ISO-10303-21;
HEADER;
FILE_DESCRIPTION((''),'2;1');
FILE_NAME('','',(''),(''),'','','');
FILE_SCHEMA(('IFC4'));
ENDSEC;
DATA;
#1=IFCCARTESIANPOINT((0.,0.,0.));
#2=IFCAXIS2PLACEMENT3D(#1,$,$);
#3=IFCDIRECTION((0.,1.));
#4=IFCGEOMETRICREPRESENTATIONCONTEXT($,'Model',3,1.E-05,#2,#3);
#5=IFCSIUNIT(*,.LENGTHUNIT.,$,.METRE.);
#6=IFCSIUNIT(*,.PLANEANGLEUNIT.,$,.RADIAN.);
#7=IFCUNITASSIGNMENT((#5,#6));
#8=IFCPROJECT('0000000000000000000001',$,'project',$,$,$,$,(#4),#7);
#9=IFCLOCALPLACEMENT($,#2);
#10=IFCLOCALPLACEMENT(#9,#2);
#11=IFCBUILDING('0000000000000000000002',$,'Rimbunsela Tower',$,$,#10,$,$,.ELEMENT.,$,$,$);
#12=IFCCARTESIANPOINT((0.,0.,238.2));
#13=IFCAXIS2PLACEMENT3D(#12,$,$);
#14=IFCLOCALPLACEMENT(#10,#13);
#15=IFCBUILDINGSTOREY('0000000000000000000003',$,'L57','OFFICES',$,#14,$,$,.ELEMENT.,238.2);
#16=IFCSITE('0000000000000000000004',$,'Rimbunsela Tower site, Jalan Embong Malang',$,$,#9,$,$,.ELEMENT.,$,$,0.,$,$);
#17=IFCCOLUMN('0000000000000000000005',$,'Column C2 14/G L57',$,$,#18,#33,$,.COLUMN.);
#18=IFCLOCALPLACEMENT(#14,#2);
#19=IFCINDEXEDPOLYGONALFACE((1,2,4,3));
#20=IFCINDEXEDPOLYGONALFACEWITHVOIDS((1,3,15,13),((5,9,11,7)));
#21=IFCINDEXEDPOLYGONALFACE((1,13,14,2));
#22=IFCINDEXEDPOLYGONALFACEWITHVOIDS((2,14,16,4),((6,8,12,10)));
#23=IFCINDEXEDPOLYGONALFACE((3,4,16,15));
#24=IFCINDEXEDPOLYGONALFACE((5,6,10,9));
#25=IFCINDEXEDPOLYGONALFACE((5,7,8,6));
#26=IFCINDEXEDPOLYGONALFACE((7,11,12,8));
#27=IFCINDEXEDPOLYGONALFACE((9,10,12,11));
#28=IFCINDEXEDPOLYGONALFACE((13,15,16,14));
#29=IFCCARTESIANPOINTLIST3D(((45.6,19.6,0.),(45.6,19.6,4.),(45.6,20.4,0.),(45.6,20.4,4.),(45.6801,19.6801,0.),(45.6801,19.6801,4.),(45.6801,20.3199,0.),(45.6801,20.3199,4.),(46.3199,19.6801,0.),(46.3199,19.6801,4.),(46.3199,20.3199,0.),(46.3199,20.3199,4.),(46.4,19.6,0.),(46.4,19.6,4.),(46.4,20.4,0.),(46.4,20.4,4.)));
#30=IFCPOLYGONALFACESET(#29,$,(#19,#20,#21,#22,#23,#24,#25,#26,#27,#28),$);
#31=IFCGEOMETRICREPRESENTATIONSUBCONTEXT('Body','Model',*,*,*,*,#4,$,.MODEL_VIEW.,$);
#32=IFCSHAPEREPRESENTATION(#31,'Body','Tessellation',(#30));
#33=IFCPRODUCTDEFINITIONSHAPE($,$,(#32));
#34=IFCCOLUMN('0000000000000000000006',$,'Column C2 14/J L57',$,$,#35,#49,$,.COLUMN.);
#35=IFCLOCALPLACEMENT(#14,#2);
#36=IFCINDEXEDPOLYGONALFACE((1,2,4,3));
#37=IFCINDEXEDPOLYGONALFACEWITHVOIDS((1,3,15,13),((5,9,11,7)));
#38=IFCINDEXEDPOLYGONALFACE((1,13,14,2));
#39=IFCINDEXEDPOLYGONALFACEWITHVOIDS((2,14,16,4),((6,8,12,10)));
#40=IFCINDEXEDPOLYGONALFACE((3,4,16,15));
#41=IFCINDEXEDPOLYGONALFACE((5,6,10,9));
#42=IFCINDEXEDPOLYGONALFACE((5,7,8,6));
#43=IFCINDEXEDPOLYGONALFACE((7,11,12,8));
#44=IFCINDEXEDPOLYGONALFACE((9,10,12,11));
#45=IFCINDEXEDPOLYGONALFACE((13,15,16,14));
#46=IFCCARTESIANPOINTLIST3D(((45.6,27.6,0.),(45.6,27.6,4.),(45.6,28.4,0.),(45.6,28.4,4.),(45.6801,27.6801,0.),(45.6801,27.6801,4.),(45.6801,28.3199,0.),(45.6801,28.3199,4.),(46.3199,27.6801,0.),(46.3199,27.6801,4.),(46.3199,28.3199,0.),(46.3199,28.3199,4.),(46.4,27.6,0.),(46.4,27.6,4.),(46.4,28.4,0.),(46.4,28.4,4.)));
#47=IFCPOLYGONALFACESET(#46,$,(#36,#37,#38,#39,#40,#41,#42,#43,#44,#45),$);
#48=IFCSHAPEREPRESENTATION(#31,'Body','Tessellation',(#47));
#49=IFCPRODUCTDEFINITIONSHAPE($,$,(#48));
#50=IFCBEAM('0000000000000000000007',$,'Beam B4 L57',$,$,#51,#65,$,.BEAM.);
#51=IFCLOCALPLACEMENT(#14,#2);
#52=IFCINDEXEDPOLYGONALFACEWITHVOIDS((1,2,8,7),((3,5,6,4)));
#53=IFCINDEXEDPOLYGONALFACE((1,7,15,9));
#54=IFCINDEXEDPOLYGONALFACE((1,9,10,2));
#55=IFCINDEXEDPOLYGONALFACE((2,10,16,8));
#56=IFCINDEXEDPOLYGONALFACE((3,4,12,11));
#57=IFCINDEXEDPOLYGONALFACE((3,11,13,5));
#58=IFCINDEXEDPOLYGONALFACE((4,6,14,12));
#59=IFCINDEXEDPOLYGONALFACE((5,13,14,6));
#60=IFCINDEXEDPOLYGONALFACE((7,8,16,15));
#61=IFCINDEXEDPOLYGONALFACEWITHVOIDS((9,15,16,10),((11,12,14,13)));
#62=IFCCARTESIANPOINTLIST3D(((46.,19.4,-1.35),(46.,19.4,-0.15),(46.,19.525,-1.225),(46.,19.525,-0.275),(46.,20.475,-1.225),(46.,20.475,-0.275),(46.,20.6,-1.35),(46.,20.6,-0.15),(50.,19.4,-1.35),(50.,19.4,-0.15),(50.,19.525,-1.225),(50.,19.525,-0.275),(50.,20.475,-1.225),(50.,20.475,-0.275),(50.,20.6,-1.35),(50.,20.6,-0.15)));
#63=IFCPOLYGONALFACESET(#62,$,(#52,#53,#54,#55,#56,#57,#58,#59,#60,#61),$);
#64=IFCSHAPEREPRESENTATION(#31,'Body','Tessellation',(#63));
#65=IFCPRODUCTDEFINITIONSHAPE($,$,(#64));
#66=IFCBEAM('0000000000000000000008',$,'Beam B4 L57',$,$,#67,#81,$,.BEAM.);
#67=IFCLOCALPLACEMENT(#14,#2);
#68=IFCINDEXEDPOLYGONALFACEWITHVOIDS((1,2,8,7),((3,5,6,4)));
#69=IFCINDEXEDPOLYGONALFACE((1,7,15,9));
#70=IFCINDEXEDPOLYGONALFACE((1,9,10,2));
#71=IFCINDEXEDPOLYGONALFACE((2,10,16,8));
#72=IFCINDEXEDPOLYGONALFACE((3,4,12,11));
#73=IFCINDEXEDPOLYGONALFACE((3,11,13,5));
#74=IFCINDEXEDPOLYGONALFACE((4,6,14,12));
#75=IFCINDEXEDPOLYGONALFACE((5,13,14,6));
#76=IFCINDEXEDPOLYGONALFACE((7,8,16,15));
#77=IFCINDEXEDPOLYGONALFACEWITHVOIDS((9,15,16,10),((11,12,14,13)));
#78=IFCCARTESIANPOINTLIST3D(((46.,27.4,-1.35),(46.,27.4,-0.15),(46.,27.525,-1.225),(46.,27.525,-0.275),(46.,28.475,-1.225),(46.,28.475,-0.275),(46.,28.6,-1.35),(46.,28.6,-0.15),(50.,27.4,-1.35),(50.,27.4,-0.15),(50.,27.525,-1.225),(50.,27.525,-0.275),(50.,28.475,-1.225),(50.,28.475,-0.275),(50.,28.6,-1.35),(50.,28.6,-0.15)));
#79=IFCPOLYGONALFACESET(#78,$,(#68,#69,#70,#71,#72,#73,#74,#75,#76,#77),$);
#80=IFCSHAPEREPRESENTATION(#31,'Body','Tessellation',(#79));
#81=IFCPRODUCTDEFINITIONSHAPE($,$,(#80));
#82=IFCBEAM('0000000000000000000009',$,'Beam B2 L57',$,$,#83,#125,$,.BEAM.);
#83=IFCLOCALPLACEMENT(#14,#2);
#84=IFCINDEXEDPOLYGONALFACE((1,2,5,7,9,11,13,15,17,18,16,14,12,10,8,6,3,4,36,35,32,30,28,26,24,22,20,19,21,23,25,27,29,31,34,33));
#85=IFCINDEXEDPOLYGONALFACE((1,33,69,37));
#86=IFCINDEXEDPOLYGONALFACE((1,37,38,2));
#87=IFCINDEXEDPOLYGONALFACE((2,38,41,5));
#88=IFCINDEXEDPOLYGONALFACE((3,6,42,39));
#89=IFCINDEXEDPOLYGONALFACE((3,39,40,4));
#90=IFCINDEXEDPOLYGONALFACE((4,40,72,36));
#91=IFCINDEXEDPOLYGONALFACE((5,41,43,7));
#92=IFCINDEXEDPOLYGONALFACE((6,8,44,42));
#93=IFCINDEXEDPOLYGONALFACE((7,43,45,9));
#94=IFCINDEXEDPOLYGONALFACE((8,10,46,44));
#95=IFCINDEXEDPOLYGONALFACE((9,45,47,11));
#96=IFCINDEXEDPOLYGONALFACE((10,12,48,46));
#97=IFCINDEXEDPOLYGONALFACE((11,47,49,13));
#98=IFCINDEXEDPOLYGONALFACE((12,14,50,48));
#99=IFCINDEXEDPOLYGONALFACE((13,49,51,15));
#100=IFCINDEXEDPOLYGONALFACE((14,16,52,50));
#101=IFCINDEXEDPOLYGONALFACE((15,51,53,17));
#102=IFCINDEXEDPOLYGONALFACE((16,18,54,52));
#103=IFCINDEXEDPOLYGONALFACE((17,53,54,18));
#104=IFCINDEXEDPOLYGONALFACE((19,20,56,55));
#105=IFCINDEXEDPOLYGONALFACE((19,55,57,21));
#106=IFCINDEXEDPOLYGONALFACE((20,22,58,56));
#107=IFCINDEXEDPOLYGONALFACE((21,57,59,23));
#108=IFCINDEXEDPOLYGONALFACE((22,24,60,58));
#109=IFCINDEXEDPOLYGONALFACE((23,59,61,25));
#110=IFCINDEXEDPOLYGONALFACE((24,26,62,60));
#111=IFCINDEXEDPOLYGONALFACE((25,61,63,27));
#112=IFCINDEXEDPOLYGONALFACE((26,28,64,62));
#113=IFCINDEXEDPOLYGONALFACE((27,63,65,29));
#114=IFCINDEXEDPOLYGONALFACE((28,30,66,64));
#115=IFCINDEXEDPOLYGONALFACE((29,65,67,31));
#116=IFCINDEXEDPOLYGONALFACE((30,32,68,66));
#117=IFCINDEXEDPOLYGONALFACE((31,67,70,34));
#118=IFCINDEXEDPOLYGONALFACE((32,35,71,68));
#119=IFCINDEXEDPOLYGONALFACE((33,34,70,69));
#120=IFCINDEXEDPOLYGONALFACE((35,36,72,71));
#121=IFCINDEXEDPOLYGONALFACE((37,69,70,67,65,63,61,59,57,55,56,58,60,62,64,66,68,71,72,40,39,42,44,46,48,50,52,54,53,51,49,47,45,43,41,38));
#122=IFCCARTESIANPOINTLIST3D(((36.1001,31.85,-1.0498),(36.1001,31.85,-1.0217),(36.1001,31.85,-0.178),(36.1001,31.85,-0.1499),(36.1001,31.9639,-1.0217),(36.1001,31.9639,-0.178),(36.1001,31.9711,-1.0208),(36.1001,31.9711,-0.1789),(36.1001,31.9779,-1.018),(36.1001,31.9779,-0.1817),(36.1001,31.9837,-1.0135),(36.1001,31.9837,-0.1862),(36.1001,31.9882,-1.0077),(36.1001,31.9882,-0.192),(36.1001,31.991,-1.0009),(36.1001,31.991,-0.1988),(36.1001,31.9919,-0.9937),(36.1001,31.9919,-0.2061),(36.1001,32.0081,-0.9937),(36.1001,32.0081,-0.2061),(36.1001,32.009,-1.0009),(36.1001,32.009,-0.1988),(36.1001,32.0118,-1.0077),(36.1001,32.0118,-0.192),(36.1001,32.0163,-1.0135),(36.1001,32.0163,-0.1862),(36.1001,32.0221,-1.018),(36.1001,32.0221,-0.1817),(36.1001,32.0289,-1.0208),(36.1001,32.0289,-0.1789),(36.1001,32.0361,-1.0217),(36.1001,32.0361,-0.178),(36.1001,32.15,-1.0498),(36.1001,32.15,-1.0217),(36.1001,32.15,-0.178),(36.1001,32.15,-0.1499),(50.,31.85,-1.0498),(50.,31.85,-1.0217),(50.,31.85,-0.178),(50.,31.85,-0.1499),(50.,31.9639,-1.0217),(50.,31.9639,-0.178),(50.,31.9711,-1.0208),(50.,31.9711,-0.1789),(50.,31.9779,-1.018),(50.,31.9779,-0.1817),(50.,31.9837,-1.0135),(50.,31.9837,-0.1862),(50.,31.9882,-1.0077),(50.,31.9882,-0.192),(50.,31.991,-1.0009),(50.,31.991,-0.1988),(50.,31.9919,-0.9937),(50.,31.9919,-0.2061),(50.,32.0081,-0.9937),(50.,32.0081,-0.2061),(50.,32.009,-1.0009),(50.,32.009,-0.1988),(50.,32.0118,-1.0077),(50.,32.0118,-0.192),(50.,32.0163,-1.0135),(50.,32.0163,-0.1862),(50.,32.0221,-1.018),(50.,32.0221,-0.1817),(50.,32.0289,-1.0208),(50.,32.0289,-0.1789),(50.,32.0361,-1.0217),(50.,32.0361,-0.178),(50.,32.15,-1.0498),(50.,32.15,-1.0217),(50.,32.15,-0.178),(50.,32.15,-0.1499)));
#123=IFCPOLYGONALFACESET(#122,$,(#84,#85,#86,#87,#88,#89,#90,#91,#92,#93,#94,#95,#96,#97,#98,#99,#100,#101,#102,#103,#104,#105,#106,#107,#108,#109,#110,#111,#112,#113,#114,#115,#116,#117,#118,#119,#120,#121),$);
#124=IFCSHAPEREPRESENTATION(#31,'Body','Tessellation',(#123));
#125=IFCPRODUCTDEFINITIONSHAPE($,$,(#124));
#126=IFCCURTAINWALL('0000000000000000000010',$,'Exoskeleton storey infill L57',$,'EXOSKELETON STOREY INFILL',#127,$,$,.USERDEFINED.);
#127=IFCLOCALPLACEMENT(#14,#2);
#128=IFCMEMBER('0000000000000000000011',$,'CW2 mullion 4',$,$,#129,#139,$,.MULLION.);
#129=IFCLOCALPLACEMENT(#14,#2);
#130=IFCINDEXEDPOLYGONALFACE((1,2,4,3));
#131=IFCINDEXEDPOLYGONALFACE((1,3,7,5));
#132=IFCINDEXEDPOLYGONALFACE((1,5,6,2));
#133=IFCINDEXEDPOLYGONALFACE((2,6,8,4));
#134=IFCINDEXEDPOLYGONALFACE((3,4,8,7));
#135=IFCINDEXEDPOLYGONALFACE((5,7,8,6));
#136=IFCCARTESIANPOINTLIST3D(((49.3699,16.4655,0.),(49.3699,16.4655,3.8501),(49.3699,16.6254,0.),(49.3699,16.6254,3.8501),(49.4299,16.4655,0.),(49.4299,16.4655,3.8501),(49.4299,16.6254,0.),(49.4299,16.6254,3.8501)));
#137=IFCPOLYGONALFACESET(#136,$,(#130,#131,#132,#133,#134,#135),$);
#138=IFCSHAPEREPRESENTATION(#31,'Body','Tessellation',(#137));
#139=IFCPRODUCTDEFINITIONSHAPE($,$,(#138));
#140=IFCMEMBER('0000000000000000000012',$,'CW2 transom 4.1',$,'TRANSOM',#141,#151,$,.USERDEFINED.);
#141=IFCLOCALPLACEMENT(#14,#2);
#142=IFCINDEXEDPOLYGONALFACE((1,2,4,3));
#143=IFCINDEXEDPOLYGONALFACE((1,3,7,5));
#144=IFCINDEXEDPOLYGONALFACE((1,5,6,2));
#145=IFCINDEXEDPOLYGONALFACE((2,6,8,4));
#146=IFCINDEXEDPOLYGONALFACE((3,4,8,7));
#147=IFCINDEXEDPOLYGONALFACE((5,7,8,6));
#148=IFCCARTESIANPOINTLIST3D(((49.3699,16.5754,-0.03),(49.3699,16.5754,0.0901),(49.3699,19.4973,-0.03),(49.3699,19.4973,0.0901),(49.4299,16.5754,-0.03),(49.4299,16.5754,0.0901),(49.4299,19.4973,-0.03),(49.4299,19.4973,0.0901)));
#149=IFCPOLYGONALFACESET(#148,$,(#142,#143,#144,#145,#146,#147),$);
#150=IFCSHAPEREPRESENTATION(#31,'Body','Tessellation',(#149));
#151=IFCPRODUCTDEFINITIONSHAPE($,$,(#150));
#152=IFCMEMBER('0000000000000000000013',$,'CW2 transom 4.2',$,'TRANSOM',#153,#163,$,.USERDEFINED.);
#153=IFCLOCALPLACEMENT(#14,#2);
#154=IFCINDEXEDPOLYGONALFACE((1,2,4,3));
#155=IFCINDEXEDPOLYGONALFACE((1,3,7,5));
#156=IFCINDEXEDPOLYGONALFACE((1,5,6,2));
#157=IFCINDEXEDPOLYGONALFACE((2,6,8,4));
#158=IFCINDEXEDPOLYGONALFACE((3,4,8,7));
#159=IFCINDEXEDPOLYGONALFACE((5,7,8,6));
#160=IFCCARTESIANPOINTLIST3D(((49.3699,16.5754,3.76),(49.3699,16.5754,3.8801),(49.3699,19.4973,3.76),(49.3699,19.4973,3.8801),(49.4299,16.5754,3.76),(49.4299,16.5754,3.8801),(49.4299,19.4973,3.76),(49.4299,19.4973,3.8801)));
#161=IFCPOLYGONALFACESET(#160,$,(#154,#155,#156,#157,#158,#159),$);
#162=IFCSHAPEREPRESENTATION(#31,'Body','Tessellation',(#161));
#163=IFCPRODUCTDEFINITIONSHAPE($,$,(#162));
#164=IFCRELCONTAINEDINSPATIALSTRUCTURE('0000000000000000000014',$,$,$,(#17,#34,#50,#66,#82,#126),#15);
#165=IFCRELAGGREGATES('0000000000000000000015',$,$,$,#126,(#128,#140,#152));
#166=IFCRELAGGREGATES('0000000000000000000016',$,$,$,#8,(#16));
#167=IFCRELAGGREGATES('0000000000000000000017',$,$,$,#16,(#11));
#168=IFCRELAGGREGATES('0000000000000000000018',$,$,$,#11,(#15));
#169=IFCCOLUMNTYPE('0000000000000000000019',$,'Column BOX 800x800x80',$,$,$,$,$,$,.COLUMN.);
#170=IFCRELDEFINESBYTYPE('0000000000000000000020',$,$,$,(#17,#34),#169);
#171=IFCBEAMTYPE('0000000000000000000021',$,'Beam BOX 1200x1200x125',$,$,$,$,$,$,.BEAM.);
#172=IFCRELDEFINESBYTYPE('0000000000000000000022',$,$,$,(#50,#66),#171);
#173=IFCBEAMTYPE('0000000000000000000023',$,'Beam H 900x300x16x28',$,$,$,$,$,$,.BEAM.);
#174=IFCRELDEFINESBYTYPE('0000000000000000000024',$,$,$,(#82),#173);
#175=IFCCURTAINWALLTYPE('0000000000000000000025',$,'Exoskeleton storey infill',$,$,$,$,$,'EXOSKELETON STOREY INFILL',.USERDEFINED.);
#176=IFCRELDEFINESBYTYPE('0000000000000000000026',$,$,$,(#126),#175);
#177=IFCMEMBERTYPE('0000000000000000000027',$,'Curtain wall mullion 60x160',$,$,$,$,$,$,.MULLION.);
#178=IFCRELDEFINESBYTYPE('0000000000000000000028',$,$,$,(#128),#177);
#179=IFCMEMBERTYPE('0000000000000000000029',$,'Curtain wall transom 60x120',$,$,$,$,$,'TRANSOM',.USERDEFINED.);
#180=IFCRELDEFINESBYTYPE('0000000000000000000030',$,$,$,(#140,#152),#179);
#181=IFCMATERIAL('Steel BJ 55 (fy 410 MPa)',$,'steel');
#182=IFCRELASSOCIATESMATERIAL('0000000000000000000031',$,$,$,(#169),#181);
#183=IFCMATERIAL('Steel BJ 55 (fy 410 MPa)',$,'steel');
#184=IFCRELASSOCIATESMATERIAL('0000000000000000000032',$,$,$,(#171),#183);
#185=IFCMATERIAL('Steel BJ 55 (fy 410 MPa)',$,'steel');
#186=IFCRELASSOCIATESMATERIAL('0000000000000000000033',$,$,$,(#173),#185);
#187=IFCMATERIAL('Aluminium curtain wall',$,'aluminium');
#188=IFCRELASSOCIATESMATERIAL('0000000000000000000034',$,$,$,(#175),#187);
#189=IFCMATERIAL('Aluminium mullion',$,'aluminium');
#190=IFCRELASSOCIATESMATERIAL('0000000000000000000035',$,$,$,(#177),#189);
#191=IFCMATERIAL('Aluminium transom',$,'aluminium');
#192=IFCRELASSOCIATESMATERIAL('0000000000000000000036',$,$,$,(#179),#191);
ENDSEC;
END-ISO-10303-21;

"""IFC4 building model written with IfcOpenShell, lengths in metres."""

from ifc_helpers import new_model, si_unit, direction, frame, origin, origin_2d, place, context, subcontext, project, spatial, rectangle, hollow_rectangle, i_section, extrude, material, material_profile, profile_set, type_object, element, aggregate, save


model = new_model("IFC4")

# Units and contexts
model_context = context("Model", 3, precision=1e-05, world=origin(), true_north=direction((0.0, 1.0)))
body_context = subcontext(model_context, "Body", "Model", "MODEL_VIEW")
ifc_project = project(units=[si_unit("LENGTHUNIT", "METRE"), si_unit("PLANEANGLEUNIT", "RADIAN")], contexts=[model_context])

# Site, building, storey
site_placement = place(None, origin())
site = spatial("IfcSite", under=ifc_project, at=site_placement, Name="Rimbunsela Tower site, Jalan Embong Malang", CompositionType="ELEMENT", RefElevation=0.0)
building_placement = place(site_placement, origin())
building = spatial("IfcBuilding", under=site, at=building_placement, Name="Rimbunsela Tower", CompositionType="ELEMENT")
storey_placement = place(building_placement, frame((0.0, 0.0, 238.2)))
storey = spatial("IfcBuildingStorey", under=building, at=storey_placement, Name="L57", Description="OFFICES", CompositionType="ELEMENT", Elevation=238.2)

# Columns
ifc_material_1 = material(Name="Steel BJ 55 (fy 410 MPa)", Category="steel")
ifc_material_profile_1 = material_profile(ifc_material_1, hollow_rectangle(XDim=0.8, YDim=0.8, WallThickness=0.0801, at=origin_2d()), Name="BOX 800x800x80")
ifc_profile_set_1 = profile_set([ifc_material_profile_1], Name="Steel BJ 55 (fy 410 MPa)")
column_type = type_object("IfcColumnType", Name="Column BOX 800x800x80", PredefinedType="COLUMN", material=ifc_profile_set_1)
for number, where, z_axis, x_axis, name in (
    (1, (46.0, 20.0, 0.0), (0.0, 0.0, 1.0), (1.0, 0.0, 0.0), "Column C2 14/G L57"),
    (2, (46.0, 28.0, 0.0), (0.0, 0.0, 1.0), (1.0, 0.0, 0.0), "Column C2 14/J L57"),
):
    element("IfcColumn", number, at=place(storey_placement, frame(where, z_axis=z_axis, x_axis=x_axis)), inside=storey, type_object=column_type, Name=name, PredefinedType="COLUMN", context=body_context, shape_type="SweptSolid", body=[
        extrude(hollow_rectangle(XDim=0.8, YDim=0.8, WallThickness=0.0801, at=origin_2d()), origin(), (0.0, 0.0, 1.0), 4.0),
    ])

# Beams
ifc_material_2 = material(Name="Steel BJ 55 (fy 410 MPa)", Category="steel")
ifc_material_profile_2 = material_profile(ifc_material_2, hollow_rectangle(XDim=1.2, YDim=1.2, WallThickness=0.125, at=origin_2d()), Name="BOX 1200x1200x125")
ifc_profile_set_2 = profile_set([ifc_material_profile_2], Name="Steel BJ 55 (fy 410 MPa)")
beam_type_1 = type_object("IfcBeamType", Name="Beam BOX 1200x1200x125", PredefinedType="BEAM", material=ifc_profile_set_2)
for number, where, z_axis, x_axis, name in (
    (3, (46.0, 20.0, -0.75), (1.0, 0.0, 0.0), (0.0, 1.0, 0.0), "Beam B4 L57"),
    (4, (46.0, 28.0, -0.75), (1.0, 0.0, 0.0), (0.0, 1.0, 0.0), "Beam B4 L57"),
):
    element("IfcBeam", number, at=place(storey_placement, frame(where, z_axis=z_axis, x_axis=x_axis)), inside=storey, type_object=beam_type_1, Name=name, PredefinedType="BEAM", context=body_context, shape_type="SweptSolid", body=[
        extrude(hollow_rectangle(XDim=1.2, YDim=1.2, WallThickness=0.125, at=origin_2d()), origin(), (0.0, 0.0, 1.0), 4.0),
    ])
ifc_material_3 = material(Name="Steel BJ 55 (fy 410 MPa)", Category="steel")
ifc_material_profile_3 = material_profile(ifc_material_3, i_section(OverallWidth=0.3, OverallDepth=0.8999, WebThickness=0.0161, FlangeThickness=0.0281, FilletRadius=0.0281, at=origin_2d()), Name="H 900x300x16x28")
ifc_profile_set_3 = profile_set([ifc_material_profile_3], Name="Steel BJ 55 (fy 410 MPa)")
beam_type_2 = type_object("IfcBeamType", Name="Beam H 900x300x16x28", PredefinedType="BEAM", material=ifc_profile_set_3)
beam_placement = place(storey_placement, frame((36.1001, 32.0, -0.5999), z_axis=(1.0, 0.0, 0.0), x_axis=(0.0, 1.0, 0.0)))
element("IfcBeam", 5, at=beam_placement, inside=storey, type_object=beam_type_2, Name="Beam B2 L57", PredefinedType="BEAM", context=body_context, shape_type="SweptSolid", body=[
    extrude(i_section(OverallWidth=0.3, OverallDepth=0.8999, WebThickness=0.0161, FlangeThickness=0.0281, FilletRadius=0.0281, at=origin_2d()), origin(), (0.0, 0.0, 1.0), 13.8999),
])

# Curtain wall, members
ifc_material_4 = material(Name="Aluminium curtain wall", Category="aluminium")
curtain_wall_type = type_object("IfcCurtainWallType", Name="Exoskeleton storey infill", ElementType="EXOSKELETON STOREY INFILL", PredefinedType="USERDEFINED", material=ifc_material_4)
curtain_wall_placement = place(storey_placement, origin())
curtain_wall = element("IfcCurtainWall", 6, at=curtain_wall_placement, inside=storey, type_object=curtain_wall_type, Name="Exoskeleton storey infill L57", ObjectType="EXOSKELETON STOREY INFILL", PredefinedType="USERDEFINED")
ifc_material_5 = material(Name="Aluminium mullion", Category="aluminium")
ifc_material_profile_4 = material_profile(ifc_material_5, rectangle(XDim=0.0601, YDim=0.1599, at=origin_2d()), Name="Mullion 60x160")
ifc_profile_set_4 = profile_set([ifc_material_profile_4], Name="Aluminium mullion")
member_type_1 = type_object("IfcMemberType", Name="Curtain wall mullion 60x160", PredefinedType="MULLION", material=ifc_profile_set_4)
member_1_placement = place(storey_placement, frame((49.3999, 16.5454, 0.0), z_axis=(0.0, 0.0, 1.0), x_axis=(-1.0, 0.0, 0.0)))
member_1 = element("IfcMember", 7, at=member_1_placement, type_object=member_type_1, Name="CW2 mullion 4", PredefinedType="MULLION", context=body_context, shape_type="SweptSolid", body=[
    extrude(rectangle(XDim=0.0601, YDim=0.1599, at=origin_2d()), origin(), (0.0, 0.0, 1.0), 3.8501),
])
ifc_material_6 = material(Name="Aluminium transom", Category="aluminium")
ifc_material_profile_5 = material_profile(ifc_material_6, rectangle(XDim=0.0601, YDim=0.1201, at=origin_2d()), Name="Transom 60x120")
ifc_profile_set_5 = profile_set([ifc_material_profile_5], Name="Aluminium transom")
member_type_2 = type_object("IfcMemberType", Name="Curtain wall transom 60x120", ElementType="TRANSOM", PredefinedType="USERDEFINED", material=ifc_profile_set_5)
member_2_placement = place(storey_placement, frame((49.3999, 16.5754, 0.03), z_axis=(0.0, 1.0, 0.0), x_axis=(-1.0, 0.0, 0.0)))
member_2 = element("IfcMember", 8, at=member_2_placement, type_object=member_type_2, Name="CW2 transom 4.1", ObjectType="TRANSOM", PredefinedType="USERDEFINED", context=body_context, shape_type="SweptSolid", body=[
    extrude(rectangle(XDim=0.0601, YDim=0.1201, at=origin_2d()), origin(), (0.0, 0.0, 1.0), 2.9219),
])
member_3_placement = place(storey_placement, frame((49.3999, 16.5754, 3.8201), z_axis=(0.0, 1.0, 0.0), x_axis=(-1.0, 0.0, 0.0)))
member_3 = element("IfcMember", 9, at=member_3_placement, type_object=member_type_2, Name="CW2 transom 4.2", ObjectType="TRANSOM", PredefinedType="USERDEFINED", context=body_context, shape_type="SweptSolid", body=[
    extrude(rectangle(XDim=0.0601, YDim=0.1201, at=origin_2d()), origin(), (0.0, 0.0, 1.0), 2.9219),
])
aggregate(curtain_wall, [member_1, member_2, member_3])

save(model, "model.ifc")
